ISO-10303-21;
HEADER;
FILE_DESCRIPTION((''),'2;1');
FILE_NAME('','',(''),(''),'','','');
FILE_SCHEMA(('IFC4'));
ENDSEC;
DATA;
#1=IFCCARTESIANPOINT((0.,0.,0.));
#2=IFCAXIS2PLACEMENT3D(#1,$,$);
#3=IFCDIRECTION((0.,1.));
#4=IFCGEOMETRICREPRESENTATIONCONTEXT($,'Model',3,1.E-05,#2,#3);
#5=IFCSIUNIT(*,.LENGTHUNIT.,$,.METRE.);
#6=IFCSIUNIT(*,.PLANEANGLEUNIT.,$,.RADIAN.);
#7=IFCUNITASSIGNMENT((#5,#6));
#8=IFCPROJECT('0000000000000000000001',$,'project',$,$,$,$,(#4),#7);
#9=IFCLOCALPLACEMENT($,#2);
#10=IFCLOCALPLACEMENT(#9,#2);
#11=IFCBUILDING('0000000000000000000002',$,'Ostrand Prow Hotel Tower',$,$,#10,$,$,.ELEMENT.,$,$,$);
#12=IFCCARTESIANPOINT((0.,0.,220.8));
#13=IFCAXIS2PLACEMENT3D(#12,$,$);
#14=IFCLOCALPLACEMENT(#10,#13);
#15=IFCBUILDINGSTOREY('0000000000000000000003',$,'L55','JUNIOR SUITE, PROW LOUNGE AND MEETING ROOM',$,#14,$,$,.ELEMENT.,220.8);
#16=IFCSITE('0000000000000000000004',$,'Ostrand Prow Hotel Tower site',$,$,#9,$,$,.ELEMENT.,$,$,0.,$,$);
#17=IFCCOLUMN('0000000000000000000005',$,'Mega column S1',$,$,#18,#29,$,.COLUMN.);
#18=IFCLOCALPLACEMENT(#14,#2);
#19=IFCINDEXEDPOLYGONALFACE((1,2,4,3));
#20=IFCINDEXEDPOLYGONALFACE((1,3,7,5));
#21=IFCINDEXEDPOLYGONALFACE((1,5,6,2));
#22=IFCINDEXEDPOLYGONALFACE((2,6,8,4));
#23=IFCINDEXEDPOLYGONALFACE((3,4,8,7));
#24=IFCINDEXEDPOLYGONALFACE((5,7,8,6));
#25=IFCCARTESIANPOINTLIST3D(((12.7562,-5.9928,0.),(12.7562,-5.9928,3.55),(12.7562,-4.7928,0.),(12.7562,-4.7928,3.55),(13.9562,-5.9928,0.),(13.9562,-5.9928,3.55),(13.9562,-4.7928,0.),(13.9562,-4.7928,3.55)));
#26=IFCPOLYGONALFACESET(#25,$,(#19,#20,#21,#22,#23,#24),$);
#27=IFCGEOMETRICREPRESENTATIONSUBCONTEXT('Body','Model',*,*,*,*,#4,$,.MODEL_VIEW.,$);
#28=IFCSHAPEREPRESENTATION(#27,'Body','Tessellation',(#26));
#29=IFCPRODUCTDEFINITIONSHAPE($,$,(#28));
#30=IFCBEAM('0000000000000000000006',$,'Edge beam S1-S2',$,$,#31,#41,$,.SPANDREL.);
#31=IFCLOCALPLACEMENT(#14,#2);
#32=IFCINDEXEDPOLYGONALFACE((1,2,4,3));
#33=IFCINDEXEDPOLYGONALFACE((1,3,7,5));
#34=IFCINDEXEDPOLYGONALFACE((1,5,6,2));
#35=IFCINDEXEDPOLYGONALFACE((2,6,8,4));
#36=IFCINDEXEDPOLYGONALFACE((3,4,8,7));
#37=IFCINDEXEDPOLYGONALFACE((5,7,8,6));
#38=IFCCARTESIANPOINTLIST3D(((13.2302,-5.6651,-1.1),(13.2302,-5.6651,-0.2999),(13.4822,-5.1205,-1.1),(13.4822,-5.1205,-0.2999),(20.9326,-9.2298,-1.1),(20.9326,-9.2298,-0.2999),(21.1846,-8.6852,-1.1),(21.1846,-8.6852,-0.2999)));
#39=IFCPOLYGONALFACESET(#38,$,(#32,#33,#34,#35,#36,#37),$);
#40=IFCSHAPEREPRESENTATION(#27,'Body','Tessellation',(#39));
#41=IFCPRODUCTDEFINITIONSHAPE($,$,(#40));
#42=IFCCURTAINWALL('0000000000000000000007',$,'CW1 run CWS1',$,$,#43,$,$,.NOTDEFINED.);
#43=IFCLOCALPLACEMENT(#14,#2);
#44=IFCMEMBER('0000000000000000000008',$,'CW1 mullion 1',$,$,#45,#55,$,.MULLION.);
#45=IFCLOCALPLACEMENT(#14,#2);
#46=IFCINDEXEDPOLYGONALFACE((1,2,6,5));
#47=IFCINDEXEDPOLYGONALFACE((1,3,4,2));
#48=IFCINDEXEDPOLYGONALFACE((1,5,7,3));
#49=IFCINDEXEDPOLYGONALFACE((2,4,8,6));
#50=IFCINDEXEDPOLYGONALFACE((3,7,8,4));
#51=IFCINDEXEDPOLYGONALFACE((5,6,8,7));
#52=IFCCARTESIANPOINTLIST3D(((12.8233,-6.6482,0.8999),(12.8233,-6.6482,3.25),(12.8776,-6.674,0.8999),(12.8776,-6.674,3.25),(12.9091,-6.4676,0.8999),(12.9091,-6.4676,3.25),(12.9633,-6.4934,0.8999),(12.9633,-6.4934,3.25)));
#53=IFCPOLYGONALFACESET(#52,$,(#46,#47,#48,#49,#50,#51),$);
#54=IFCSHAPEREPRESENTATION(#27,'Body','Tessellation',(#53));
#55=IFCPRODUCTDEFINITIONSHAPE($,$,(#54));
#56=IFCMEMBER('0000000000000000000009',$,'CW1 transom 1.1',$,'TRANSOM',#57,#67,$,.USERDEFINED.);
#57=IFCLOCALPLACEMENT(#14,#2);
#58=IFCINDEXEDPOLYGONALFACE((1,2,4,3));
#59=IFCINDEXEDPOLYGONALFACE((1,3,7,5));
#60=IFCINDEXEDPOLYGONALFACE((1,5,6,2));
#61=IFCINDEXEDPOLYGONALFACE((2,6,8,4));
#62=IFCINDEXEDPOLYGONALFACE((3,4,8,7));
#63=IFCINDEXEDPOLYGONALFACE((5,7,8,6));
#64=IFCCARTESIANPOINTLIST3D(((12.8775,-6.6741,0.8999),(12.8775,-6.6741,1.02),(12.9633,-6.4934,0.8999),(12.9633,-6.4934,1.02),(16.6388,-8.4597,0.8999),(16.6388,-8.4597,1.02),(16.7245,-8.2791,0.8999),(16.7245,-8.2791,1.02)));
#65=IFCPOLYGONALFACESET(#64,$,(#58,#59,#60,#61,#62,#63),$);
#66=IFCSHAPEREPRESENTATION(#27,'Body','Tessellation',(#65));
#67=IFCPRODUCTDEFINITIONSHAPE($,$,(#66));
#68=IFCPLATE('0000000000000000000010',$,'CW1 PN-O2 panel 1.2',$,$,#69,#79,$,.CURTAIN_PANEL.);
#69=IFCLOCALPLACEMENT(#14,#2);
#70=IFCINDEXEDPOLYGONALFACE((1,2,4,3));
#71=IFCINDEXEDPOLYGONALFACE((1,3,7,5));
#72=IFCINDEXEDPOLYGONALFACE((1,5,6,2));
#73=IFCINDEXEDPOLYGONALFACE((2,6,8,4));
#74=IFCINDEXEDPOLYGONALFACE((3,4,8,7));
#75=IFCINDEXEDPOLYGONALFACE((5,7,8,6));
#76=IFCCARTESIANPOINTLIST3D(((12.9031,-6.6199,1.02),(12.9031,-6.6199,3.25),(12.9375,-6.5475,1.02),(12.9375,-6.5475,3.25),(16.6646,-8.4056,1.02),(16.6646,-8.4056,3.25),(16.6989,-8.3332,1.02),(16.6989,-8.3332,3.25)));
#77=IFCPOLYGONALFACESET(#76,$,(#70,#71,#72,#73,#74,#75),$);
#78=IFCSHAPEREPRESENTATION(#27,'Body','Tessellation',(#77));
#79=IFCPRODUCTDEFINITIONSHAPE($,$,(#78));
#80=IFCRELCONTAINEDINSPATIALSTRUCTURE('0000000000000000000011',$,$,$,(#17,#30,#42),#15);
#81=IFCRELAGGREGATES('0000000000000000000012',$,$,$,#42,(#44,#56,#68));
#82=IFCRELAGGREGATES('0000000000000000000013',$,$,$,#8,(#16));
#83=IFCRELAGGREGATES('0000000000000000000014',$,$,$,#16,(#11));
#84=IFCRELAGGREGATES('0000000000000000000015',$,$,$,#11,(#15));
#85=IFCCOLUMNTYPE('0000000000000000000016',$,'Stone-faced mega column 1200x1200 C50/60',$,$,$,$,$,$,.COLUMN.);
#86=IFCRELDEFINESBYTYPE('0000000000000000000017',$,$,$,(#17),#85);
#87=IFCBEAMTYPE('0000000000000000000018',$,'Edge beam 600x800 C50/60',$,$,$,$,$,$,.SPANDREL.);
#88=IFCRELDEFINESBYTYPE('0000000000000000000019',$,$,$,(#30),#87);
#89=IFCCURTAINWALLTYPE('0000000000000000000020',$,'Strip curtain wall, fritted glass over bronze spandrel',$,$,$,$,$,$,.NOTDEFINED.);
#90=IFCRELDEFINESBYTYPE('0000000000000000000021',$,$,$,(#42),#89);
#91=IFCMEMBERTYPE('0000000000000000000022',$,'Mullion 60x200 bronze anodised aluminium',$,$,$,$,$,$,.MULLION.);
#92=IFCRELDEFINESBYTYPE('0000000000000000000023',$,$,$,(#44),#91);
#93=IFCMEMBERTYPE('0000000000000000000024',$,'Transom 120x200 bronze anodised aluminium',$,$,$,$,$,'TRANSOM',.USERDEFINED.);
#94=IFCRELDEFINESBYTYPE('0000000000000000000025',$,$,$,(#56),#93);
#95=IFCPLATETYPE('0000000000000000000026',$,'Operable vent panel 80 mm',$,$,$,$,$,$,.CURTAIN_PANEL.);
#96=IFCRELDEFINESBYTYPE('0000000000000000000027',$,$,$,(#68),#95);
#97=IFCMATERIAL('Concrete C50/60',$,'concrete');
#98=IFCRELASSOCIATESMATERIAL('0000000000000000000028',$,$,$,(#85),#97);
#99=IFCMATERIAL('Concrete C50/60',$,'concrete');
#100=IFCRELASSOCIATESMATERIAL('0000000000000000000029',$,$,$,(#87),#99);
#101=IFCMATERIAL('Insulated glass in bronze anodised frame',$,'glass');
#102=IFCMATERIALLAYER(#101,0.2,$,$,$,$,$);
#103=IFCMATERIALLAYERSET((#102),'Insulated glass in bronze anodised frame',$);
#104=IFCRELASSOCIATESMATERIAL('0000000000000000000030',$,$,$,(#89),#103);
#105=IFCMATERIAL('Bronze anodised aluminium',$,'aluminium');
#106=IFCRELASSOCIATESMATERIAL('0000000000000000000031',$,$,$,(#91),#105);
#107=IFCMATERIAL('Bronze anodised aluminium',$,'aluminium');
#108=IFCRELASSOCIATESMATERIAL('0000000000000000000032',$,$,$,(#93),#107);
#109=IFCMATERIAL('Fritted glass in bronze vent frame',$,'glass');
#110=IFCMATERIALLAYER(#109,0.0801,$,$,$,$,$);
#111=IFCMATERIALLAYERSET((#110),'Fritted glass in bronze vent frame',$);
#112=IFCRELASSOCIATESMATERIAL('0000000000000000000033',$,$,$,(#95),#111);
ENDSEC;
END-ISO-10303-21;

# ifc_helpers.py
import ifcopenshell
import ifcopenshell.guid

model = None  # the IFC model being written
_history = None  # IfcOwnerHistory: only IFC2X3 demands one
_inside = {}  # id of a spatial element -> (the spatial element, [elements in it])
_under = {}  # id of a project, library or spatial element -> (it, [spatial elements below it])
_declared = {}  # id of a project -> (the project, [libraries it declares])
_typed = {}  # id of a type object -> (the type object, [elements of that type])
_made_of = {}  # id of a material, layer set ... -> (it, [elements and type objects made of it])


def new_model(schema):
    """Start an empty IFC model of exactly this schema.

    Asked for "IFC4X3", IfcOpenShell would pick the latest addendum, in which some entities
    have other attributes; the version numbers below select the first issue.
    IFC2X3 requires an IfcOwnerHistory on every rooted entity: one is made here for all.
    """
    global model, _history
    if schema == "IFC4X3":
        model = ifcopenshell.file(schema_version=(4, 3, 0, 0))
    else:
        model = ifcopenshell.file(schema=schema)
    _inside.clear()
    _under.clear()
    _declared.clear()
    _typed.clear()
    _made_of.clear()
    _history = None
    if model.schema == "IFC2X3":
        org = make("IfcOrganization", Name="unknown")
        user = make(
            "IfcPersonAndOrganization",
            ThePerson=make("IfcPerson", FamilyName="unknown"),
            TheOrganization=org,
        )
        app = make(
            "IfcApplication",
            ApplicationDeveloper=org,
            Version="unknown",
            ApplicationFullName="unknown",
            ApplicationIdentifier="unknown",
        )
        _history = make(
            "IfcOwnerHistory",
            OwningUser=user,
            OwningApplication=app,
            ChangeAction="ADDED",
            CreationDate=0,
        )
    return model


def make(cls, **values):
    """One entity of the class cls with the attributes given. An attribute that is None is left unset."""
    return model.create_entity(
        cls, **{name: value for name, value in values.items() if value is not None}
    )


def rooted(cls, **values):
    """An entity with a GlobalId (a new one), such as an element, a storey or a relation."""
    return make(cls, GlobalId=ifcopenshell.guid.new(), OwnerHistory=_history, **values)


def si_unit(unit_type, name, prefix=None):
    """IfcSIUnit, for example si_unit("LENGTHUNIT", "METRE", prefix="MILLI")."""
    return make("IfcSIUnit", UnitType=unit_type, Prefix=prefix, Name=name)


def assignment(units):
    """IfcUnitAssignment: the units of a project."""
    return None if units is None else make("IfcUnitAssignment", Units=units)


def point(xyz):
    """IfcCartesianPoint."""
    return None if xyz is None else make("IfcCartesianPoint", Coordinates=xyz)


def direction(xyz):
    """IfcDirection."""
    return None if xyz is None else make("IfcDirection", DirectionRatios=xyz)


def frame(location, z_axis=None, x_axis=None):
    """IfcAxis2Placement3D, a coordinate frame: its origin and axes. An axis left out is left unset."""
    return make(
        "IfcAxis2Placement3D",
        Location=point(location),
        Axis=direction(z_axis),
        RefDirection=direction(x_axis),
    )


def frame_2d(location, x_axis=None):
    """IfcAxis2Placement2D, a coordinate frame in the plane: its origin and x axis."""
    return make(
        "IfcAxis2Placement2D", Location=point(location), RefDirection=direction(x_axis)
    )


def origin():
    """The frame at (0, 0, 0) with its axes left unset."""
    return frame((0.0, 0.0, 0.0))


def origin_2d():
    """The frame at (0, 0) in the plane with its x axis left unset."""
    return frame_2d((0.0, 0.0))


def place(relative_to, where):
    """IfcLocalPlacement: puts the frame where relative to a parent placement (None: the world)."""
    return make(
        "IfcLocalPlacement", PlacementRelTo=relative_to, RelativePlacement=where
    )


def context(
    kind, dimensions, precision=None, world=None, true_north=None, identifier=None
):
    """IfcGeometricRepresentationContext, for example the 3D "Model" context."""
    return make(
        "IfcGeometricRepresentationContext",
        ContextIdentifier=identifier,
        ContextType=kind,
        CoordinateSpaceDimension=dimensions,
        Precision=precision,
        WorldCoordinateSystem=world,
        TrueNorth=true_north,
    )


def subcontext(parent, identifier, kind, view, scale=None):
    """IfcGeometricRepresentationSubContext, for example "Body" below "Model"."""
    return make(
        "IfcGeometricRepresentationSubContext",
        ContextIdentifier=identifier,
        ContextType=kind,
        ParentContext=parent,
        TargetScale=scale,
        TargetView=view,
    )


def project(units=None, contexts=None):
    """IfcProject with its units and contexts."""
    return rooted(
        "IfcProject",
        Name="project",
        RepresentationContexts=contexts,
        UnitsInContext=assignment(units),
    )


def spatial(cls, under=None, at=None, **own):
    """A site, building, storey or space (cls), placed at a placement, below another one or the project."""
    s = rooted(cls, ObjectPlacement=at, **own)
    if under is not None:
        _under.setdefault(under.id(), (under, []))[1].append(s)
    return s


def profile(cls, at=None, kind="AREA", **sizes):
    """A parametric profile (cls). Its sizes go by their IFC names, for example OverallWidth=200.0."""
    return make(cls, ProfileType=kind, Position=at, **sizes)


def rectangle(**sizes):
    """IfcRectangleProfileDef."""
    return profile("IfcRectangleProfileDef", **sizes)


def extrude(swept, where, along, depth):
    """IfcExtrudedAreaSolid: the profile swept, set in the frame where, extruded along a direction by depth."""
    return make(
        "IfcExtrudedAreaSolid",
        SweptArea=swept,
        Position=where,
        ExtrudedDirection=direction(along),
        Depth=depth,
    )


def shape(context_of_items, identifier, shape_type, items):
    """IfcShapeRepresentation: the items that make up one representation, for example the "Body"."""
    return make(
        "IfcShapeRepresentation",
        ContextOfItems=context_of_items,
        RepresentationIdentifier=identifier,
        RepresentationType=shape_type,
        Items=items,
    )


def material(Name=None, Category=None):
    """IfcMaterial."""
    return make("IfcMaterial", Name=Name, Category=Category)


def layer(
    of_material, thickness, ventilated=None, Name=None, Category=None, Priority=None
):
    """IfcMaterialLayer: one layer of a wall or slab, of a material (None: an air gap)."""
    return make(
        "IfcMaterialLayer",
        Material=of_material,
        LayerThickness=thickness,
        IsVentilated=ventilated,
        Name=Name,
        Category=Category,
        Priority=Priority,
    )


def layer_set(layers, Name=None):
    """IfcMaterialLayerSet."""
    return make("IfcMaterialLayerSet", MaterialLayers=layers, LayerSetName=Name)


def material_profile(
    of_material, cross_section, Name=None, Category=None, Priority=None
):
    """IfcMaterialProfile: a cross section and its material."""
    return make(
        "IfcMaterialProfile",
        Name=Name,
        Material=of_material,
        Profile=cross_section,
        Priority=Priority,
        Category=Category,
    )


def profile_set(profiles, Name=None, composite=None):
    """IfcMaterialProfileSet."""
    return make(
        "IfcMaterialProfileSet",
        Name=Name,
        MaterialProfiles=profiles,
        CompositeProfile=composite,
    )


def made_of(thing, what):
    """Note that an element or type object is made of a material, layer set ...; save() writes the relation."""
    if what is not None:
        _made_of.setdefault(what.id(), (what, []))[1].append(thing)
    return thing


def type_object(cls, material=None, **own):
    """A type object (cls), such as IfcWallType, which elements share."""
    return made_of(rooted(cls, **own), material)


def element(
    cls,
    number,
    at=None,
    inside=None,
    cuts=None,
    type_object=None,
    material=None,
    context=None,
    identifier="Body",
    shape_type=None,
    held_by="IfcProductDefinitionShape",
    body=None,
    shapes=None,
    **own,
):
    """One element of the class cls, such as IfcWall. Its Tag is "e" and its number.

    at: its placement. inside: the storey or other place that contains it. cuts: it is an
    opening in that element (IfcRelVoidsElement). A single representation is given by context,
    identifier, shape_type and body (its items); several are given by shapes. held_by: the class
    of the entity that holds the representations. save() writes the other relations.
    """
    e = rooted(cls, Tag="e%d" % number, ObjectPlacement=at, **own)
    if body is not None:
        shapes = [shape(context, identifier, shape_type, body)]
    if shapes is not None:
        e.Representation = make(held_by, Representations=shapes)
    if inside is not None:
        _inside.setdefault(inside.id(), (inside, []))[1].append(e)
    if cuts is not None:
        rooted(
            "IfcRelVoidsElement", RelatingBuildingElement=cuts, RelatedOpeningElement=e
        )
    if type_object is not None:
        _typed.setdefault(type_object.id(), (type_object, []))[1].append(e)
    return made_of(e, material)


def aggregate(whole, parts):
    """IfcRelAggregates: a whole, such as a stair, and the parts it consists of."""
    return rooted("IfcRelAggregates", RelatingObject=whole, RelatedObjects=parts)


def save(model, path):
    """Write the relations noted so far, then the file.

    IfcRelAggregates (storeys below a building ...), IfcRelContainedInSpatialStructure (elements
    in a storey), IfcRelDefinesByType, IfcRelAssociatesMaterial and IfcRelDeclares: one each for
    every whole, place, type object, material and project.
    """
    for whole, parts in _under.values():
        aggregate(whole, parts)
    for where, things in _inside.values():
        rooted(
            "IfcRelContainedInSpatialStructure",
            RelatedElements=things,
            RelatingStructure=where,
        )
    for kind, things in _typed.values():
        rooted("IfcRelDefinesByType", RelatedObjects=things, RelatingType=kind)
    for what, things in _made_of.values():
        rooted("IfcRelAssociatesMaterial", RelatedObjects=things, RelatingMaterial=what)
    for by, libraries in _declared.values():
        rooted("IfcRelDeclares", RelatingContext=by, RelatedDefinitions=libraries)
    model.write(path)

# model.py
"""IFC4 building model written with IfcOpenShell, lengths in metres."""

from ifc_helpers import new_model, si_unit, direction, frame, origin, origin_2d, place, context, subcontext, project, spatial, rectangle, extrude, material, layer, layer_set, material_profile, profile_set, type_object, element, aggregate, save


model = new_model("IFC4")

# Units and contexts
model_context = context("Model", 3, precision=1e-05, world=origin(), true_north=direction((0.0, 1.0)))
body_context = subcontext(model_context, "Body", "Model", "MODEL_VIEW")
ifc_project = project(units=[si_unit("LENGTHUNIT", "METRE"), si_unit("PLANEANGLEUNIT", "RADIAN")], contexts=[model_context])

# Site, building, storey
site_placement = place(None, origin())
site = spatial("IfcSite", under=ifc_project, at=site_placement, Name="Ostrand Prow Hotel Tower site", CompositionType="ELEMENT", RefElevation=0.0)
building_placement = place(site_placement, origin())
building = spatial("IfcBuilding", under=site, at=building_placement, Name="Ostrand Prow Hotel Tower", CompositionType="ELEMENT")
storey_placement = place(building_placement, frame((0.0, 0.0, 220.8)))
storey = spatial("IfcBuildingStorey", under=building, at=storey_placement, Name="L55", Description="JUNIOR SUITE, PROW LOUNGE AND MEETING ROOM", CompositionType="ELEMENT", Elevation=220.8)

# Column
ifc_material_1 = material(Name="Concrete C50/60", Category="concrete")
ifc_material_profile_1 = material_profile(ifc_material_1, rectangle(XDim=1.2, YDim=1.2, at=origin_2d()), Name="RC 1200x1200")
ifc_profile_set_1 = profile_set([ifc_material_profile_1], Name="Concrete C50/60")
column_type = type_object("IfcColumnType", Name="Stone-faced mega column 1200x1200 C50/60", PredefinedType="COLUMN", material=ifc_profile_set_1)
column_placement = place(storey_placement, frame((13.3562, -5.3928, 0.0), z_axis=(0.0, 0.0, 1.0), x_axis=(1.0, 0.0, 0.0)))
element("IfcColumn", 1, at=column_placement, inside=storey, type_object=column_type, Name="Mega column S1", PredefinedType="COLUMN", context=body_context, shape_type="SweptSolid", body=[
    extrude(rectangle(XDim=1.2, YDim=1.2, at=origin_2d()), origin(), (0.0, 0.0, 1.0), 3.55),
])

# Beam
ifc_material_2 = material(Name="Concrete C50/60", Category="concrete")
ifc_material_profile_2 = material_profile(ifc_material_2, rectangle(XDim=0.6001, YDim=0.8, at=origin_2d()), Name="RC 600x800")
ifc_profile_set_2 = profile_set([ifc_material_profile_2], Name="Concrete C50/60")
beam_type = type_object("IfcBeamType", Name="Edge beam 600x800 C50/60", PredefinedType="SPANDREL", material=ifc_profile_set_2)
beam_placement = place(storey_placement, frame((13.3562, -5.3928, -0.7), z_axis=(0.907522, -0.420005, 0.0), x_axis=(0.420005, 0.907522, 0.0)))
element("IfcBeam", 2, at=beam_placement, inside=storey, type_object=beam_type, Name="Edge beam S1-S2", PredefinedType="SPANDREL", context=body_context, shape_type="SweptSolid", body=[
    extrude(rectangle(XDim=0.6001, YDim=0.8, at=origin_2d()), origin(), (0.0, 0.0, 1.0), 8.4873),
])

# Curtain wall, members, plate
ifc_material_3 = material(Name="Insulated glass in bronze anodised frame", Category="glass")
ifc_layer_1 = layer(ifc_material_3, 0.2)
ifc_layer_set_1 = layer_set([ifc_layer_1], Name="Insulated glass in bronze anodised frame")
curtain_wall_type = type_object("IfcCurtainWallType", Name="Strip curtain wall, fritted glass over bronze spandrel", PredefinedType="NOTDEFINED", material=ifc_layer_set_1)
curtain_wall_placement = place(storey_placement, origin())
curtain_wall = element("IfcCurtainWall", 3, at=curtain_wall_placement, inside=storey, type_object=curtain_wall_type, Name="CW1 run CWS1", PredefinedType="NOTDEFINED")
ifc_material_4 = material(Name="Bronze anodised aluminium", Category="aluminium")
ifc_material_profile_3 = material_profile(ifc_material_4, rectangle(XDim=0.2, YDim=0.0601, at=origin_2d()), Name="Mullion 60x200 bronze anodised aluminium")
ifc_profile_set_3 = profile_set([ifc_material_profile_3], Name="Bronze anodised aluminium")
member_type_1 = type_object("IfcMemberType", Name="Mullion 60x200 bronze anodised aluminium", PredefinedType="MULLION", material=ifc_profile_set_3)
member_1_placement = place(storey_placement, frame((12.8933, -6.5708, 0.8999), z_axis=(0.0, 0.0, 1.0), x_axis=(0.428861, 0.90337, 0.0)))
member_1 = element("IfcMember", 4, at=member_1_placement, type_object=member_type_1, Name="CW1 mullion 1", PredefinedType="MULLION", context=body_context, shape_type="SweptSolid", body=[
    extrude(rectangle(XDim=0.2, YDim=0.0601, at=origin_2d()), origin(), (0.0, 0.0, 1.0), 2.3501),
])
ifc_material_5 = material(Name="Bronze anodised aluminium", Category="aluminium")
ifc_material_profile_4 = material_profile(ifc_material_5, rectangle(XDim=0.2, YDim=0.1201, at=origin_2d()), Name="Transom 120x200 bronze anodised aluminium")
ifc_profile_set_4 = profile_set([ifc_material_profile_4], Name="Bronze anodised aluminium")
member_type_2 = type_object("IfcMemberType", Name="Transom 120x200 bronze anodised aluminium", ElementType="TRANSOM", PredefinedType="USERDEFINED", material=ifc_profile_set_4)
member_2_placement = place(storey_placement, frame((12.9204, -6.5837, 0.96), z_axis=(0.903365, -0.428873, 0.0), x_axis=(0.428873, 0.903365, 0.0)))
member_2 = element("IfcMember", 5, at=member_2_placement, type_object=member_type_2, Name="CW1 transom 1.1", ObjectType="TRANSOM", PredefinedType="USERDEFINED", context=body_context, shape_type="SweptSolid", body=[
    extrude(rectangle(XDim=0.2, YDim=0.1201, at=origin_2d()), origin(), (0.0, 0.0, 1.0), 4.1636),
])
ifc_material_6 = material(Name="Fritted glass in bronze vent frame", Category="glass")
ifc_layer_2 = layer(ifc_material_6, 0.0801)
ifc_layer_set_2 = layer_set([ifc_layer_2], Name="Fritted glass in bronze vent frame")
plate_type = type_object("IfcPlateType", Name="Operable vent panel 80 mm", PredefinedType="CURTAIN_PANEL", material=ifc_layer_set_2)
plate_placement = place(storey_placement, frame((14.801, -7.4766, 1.02), z_axis=(0.0, 0.0, 1.0), x_axis=(0.90337, -0.428861, 0.0)))
plate = element("IfcPlate", 6, at=plate_placement, type_object=plate_type, Name="CW1 PN-O2 panel 1.2", PredefinedType="CURTAIN_PANEL", context=body_context, shape_type="SweptSolid", body=[
    extrude(rectangle(XDim=4.1638, YDim=0.0801, at=origin_2d()), origin(), (0.0, 0.0, 1.0), 2.23),
])
aggregate(curtain_wall, [member_1, member_2, plate])

save(model, "model.ifc")
